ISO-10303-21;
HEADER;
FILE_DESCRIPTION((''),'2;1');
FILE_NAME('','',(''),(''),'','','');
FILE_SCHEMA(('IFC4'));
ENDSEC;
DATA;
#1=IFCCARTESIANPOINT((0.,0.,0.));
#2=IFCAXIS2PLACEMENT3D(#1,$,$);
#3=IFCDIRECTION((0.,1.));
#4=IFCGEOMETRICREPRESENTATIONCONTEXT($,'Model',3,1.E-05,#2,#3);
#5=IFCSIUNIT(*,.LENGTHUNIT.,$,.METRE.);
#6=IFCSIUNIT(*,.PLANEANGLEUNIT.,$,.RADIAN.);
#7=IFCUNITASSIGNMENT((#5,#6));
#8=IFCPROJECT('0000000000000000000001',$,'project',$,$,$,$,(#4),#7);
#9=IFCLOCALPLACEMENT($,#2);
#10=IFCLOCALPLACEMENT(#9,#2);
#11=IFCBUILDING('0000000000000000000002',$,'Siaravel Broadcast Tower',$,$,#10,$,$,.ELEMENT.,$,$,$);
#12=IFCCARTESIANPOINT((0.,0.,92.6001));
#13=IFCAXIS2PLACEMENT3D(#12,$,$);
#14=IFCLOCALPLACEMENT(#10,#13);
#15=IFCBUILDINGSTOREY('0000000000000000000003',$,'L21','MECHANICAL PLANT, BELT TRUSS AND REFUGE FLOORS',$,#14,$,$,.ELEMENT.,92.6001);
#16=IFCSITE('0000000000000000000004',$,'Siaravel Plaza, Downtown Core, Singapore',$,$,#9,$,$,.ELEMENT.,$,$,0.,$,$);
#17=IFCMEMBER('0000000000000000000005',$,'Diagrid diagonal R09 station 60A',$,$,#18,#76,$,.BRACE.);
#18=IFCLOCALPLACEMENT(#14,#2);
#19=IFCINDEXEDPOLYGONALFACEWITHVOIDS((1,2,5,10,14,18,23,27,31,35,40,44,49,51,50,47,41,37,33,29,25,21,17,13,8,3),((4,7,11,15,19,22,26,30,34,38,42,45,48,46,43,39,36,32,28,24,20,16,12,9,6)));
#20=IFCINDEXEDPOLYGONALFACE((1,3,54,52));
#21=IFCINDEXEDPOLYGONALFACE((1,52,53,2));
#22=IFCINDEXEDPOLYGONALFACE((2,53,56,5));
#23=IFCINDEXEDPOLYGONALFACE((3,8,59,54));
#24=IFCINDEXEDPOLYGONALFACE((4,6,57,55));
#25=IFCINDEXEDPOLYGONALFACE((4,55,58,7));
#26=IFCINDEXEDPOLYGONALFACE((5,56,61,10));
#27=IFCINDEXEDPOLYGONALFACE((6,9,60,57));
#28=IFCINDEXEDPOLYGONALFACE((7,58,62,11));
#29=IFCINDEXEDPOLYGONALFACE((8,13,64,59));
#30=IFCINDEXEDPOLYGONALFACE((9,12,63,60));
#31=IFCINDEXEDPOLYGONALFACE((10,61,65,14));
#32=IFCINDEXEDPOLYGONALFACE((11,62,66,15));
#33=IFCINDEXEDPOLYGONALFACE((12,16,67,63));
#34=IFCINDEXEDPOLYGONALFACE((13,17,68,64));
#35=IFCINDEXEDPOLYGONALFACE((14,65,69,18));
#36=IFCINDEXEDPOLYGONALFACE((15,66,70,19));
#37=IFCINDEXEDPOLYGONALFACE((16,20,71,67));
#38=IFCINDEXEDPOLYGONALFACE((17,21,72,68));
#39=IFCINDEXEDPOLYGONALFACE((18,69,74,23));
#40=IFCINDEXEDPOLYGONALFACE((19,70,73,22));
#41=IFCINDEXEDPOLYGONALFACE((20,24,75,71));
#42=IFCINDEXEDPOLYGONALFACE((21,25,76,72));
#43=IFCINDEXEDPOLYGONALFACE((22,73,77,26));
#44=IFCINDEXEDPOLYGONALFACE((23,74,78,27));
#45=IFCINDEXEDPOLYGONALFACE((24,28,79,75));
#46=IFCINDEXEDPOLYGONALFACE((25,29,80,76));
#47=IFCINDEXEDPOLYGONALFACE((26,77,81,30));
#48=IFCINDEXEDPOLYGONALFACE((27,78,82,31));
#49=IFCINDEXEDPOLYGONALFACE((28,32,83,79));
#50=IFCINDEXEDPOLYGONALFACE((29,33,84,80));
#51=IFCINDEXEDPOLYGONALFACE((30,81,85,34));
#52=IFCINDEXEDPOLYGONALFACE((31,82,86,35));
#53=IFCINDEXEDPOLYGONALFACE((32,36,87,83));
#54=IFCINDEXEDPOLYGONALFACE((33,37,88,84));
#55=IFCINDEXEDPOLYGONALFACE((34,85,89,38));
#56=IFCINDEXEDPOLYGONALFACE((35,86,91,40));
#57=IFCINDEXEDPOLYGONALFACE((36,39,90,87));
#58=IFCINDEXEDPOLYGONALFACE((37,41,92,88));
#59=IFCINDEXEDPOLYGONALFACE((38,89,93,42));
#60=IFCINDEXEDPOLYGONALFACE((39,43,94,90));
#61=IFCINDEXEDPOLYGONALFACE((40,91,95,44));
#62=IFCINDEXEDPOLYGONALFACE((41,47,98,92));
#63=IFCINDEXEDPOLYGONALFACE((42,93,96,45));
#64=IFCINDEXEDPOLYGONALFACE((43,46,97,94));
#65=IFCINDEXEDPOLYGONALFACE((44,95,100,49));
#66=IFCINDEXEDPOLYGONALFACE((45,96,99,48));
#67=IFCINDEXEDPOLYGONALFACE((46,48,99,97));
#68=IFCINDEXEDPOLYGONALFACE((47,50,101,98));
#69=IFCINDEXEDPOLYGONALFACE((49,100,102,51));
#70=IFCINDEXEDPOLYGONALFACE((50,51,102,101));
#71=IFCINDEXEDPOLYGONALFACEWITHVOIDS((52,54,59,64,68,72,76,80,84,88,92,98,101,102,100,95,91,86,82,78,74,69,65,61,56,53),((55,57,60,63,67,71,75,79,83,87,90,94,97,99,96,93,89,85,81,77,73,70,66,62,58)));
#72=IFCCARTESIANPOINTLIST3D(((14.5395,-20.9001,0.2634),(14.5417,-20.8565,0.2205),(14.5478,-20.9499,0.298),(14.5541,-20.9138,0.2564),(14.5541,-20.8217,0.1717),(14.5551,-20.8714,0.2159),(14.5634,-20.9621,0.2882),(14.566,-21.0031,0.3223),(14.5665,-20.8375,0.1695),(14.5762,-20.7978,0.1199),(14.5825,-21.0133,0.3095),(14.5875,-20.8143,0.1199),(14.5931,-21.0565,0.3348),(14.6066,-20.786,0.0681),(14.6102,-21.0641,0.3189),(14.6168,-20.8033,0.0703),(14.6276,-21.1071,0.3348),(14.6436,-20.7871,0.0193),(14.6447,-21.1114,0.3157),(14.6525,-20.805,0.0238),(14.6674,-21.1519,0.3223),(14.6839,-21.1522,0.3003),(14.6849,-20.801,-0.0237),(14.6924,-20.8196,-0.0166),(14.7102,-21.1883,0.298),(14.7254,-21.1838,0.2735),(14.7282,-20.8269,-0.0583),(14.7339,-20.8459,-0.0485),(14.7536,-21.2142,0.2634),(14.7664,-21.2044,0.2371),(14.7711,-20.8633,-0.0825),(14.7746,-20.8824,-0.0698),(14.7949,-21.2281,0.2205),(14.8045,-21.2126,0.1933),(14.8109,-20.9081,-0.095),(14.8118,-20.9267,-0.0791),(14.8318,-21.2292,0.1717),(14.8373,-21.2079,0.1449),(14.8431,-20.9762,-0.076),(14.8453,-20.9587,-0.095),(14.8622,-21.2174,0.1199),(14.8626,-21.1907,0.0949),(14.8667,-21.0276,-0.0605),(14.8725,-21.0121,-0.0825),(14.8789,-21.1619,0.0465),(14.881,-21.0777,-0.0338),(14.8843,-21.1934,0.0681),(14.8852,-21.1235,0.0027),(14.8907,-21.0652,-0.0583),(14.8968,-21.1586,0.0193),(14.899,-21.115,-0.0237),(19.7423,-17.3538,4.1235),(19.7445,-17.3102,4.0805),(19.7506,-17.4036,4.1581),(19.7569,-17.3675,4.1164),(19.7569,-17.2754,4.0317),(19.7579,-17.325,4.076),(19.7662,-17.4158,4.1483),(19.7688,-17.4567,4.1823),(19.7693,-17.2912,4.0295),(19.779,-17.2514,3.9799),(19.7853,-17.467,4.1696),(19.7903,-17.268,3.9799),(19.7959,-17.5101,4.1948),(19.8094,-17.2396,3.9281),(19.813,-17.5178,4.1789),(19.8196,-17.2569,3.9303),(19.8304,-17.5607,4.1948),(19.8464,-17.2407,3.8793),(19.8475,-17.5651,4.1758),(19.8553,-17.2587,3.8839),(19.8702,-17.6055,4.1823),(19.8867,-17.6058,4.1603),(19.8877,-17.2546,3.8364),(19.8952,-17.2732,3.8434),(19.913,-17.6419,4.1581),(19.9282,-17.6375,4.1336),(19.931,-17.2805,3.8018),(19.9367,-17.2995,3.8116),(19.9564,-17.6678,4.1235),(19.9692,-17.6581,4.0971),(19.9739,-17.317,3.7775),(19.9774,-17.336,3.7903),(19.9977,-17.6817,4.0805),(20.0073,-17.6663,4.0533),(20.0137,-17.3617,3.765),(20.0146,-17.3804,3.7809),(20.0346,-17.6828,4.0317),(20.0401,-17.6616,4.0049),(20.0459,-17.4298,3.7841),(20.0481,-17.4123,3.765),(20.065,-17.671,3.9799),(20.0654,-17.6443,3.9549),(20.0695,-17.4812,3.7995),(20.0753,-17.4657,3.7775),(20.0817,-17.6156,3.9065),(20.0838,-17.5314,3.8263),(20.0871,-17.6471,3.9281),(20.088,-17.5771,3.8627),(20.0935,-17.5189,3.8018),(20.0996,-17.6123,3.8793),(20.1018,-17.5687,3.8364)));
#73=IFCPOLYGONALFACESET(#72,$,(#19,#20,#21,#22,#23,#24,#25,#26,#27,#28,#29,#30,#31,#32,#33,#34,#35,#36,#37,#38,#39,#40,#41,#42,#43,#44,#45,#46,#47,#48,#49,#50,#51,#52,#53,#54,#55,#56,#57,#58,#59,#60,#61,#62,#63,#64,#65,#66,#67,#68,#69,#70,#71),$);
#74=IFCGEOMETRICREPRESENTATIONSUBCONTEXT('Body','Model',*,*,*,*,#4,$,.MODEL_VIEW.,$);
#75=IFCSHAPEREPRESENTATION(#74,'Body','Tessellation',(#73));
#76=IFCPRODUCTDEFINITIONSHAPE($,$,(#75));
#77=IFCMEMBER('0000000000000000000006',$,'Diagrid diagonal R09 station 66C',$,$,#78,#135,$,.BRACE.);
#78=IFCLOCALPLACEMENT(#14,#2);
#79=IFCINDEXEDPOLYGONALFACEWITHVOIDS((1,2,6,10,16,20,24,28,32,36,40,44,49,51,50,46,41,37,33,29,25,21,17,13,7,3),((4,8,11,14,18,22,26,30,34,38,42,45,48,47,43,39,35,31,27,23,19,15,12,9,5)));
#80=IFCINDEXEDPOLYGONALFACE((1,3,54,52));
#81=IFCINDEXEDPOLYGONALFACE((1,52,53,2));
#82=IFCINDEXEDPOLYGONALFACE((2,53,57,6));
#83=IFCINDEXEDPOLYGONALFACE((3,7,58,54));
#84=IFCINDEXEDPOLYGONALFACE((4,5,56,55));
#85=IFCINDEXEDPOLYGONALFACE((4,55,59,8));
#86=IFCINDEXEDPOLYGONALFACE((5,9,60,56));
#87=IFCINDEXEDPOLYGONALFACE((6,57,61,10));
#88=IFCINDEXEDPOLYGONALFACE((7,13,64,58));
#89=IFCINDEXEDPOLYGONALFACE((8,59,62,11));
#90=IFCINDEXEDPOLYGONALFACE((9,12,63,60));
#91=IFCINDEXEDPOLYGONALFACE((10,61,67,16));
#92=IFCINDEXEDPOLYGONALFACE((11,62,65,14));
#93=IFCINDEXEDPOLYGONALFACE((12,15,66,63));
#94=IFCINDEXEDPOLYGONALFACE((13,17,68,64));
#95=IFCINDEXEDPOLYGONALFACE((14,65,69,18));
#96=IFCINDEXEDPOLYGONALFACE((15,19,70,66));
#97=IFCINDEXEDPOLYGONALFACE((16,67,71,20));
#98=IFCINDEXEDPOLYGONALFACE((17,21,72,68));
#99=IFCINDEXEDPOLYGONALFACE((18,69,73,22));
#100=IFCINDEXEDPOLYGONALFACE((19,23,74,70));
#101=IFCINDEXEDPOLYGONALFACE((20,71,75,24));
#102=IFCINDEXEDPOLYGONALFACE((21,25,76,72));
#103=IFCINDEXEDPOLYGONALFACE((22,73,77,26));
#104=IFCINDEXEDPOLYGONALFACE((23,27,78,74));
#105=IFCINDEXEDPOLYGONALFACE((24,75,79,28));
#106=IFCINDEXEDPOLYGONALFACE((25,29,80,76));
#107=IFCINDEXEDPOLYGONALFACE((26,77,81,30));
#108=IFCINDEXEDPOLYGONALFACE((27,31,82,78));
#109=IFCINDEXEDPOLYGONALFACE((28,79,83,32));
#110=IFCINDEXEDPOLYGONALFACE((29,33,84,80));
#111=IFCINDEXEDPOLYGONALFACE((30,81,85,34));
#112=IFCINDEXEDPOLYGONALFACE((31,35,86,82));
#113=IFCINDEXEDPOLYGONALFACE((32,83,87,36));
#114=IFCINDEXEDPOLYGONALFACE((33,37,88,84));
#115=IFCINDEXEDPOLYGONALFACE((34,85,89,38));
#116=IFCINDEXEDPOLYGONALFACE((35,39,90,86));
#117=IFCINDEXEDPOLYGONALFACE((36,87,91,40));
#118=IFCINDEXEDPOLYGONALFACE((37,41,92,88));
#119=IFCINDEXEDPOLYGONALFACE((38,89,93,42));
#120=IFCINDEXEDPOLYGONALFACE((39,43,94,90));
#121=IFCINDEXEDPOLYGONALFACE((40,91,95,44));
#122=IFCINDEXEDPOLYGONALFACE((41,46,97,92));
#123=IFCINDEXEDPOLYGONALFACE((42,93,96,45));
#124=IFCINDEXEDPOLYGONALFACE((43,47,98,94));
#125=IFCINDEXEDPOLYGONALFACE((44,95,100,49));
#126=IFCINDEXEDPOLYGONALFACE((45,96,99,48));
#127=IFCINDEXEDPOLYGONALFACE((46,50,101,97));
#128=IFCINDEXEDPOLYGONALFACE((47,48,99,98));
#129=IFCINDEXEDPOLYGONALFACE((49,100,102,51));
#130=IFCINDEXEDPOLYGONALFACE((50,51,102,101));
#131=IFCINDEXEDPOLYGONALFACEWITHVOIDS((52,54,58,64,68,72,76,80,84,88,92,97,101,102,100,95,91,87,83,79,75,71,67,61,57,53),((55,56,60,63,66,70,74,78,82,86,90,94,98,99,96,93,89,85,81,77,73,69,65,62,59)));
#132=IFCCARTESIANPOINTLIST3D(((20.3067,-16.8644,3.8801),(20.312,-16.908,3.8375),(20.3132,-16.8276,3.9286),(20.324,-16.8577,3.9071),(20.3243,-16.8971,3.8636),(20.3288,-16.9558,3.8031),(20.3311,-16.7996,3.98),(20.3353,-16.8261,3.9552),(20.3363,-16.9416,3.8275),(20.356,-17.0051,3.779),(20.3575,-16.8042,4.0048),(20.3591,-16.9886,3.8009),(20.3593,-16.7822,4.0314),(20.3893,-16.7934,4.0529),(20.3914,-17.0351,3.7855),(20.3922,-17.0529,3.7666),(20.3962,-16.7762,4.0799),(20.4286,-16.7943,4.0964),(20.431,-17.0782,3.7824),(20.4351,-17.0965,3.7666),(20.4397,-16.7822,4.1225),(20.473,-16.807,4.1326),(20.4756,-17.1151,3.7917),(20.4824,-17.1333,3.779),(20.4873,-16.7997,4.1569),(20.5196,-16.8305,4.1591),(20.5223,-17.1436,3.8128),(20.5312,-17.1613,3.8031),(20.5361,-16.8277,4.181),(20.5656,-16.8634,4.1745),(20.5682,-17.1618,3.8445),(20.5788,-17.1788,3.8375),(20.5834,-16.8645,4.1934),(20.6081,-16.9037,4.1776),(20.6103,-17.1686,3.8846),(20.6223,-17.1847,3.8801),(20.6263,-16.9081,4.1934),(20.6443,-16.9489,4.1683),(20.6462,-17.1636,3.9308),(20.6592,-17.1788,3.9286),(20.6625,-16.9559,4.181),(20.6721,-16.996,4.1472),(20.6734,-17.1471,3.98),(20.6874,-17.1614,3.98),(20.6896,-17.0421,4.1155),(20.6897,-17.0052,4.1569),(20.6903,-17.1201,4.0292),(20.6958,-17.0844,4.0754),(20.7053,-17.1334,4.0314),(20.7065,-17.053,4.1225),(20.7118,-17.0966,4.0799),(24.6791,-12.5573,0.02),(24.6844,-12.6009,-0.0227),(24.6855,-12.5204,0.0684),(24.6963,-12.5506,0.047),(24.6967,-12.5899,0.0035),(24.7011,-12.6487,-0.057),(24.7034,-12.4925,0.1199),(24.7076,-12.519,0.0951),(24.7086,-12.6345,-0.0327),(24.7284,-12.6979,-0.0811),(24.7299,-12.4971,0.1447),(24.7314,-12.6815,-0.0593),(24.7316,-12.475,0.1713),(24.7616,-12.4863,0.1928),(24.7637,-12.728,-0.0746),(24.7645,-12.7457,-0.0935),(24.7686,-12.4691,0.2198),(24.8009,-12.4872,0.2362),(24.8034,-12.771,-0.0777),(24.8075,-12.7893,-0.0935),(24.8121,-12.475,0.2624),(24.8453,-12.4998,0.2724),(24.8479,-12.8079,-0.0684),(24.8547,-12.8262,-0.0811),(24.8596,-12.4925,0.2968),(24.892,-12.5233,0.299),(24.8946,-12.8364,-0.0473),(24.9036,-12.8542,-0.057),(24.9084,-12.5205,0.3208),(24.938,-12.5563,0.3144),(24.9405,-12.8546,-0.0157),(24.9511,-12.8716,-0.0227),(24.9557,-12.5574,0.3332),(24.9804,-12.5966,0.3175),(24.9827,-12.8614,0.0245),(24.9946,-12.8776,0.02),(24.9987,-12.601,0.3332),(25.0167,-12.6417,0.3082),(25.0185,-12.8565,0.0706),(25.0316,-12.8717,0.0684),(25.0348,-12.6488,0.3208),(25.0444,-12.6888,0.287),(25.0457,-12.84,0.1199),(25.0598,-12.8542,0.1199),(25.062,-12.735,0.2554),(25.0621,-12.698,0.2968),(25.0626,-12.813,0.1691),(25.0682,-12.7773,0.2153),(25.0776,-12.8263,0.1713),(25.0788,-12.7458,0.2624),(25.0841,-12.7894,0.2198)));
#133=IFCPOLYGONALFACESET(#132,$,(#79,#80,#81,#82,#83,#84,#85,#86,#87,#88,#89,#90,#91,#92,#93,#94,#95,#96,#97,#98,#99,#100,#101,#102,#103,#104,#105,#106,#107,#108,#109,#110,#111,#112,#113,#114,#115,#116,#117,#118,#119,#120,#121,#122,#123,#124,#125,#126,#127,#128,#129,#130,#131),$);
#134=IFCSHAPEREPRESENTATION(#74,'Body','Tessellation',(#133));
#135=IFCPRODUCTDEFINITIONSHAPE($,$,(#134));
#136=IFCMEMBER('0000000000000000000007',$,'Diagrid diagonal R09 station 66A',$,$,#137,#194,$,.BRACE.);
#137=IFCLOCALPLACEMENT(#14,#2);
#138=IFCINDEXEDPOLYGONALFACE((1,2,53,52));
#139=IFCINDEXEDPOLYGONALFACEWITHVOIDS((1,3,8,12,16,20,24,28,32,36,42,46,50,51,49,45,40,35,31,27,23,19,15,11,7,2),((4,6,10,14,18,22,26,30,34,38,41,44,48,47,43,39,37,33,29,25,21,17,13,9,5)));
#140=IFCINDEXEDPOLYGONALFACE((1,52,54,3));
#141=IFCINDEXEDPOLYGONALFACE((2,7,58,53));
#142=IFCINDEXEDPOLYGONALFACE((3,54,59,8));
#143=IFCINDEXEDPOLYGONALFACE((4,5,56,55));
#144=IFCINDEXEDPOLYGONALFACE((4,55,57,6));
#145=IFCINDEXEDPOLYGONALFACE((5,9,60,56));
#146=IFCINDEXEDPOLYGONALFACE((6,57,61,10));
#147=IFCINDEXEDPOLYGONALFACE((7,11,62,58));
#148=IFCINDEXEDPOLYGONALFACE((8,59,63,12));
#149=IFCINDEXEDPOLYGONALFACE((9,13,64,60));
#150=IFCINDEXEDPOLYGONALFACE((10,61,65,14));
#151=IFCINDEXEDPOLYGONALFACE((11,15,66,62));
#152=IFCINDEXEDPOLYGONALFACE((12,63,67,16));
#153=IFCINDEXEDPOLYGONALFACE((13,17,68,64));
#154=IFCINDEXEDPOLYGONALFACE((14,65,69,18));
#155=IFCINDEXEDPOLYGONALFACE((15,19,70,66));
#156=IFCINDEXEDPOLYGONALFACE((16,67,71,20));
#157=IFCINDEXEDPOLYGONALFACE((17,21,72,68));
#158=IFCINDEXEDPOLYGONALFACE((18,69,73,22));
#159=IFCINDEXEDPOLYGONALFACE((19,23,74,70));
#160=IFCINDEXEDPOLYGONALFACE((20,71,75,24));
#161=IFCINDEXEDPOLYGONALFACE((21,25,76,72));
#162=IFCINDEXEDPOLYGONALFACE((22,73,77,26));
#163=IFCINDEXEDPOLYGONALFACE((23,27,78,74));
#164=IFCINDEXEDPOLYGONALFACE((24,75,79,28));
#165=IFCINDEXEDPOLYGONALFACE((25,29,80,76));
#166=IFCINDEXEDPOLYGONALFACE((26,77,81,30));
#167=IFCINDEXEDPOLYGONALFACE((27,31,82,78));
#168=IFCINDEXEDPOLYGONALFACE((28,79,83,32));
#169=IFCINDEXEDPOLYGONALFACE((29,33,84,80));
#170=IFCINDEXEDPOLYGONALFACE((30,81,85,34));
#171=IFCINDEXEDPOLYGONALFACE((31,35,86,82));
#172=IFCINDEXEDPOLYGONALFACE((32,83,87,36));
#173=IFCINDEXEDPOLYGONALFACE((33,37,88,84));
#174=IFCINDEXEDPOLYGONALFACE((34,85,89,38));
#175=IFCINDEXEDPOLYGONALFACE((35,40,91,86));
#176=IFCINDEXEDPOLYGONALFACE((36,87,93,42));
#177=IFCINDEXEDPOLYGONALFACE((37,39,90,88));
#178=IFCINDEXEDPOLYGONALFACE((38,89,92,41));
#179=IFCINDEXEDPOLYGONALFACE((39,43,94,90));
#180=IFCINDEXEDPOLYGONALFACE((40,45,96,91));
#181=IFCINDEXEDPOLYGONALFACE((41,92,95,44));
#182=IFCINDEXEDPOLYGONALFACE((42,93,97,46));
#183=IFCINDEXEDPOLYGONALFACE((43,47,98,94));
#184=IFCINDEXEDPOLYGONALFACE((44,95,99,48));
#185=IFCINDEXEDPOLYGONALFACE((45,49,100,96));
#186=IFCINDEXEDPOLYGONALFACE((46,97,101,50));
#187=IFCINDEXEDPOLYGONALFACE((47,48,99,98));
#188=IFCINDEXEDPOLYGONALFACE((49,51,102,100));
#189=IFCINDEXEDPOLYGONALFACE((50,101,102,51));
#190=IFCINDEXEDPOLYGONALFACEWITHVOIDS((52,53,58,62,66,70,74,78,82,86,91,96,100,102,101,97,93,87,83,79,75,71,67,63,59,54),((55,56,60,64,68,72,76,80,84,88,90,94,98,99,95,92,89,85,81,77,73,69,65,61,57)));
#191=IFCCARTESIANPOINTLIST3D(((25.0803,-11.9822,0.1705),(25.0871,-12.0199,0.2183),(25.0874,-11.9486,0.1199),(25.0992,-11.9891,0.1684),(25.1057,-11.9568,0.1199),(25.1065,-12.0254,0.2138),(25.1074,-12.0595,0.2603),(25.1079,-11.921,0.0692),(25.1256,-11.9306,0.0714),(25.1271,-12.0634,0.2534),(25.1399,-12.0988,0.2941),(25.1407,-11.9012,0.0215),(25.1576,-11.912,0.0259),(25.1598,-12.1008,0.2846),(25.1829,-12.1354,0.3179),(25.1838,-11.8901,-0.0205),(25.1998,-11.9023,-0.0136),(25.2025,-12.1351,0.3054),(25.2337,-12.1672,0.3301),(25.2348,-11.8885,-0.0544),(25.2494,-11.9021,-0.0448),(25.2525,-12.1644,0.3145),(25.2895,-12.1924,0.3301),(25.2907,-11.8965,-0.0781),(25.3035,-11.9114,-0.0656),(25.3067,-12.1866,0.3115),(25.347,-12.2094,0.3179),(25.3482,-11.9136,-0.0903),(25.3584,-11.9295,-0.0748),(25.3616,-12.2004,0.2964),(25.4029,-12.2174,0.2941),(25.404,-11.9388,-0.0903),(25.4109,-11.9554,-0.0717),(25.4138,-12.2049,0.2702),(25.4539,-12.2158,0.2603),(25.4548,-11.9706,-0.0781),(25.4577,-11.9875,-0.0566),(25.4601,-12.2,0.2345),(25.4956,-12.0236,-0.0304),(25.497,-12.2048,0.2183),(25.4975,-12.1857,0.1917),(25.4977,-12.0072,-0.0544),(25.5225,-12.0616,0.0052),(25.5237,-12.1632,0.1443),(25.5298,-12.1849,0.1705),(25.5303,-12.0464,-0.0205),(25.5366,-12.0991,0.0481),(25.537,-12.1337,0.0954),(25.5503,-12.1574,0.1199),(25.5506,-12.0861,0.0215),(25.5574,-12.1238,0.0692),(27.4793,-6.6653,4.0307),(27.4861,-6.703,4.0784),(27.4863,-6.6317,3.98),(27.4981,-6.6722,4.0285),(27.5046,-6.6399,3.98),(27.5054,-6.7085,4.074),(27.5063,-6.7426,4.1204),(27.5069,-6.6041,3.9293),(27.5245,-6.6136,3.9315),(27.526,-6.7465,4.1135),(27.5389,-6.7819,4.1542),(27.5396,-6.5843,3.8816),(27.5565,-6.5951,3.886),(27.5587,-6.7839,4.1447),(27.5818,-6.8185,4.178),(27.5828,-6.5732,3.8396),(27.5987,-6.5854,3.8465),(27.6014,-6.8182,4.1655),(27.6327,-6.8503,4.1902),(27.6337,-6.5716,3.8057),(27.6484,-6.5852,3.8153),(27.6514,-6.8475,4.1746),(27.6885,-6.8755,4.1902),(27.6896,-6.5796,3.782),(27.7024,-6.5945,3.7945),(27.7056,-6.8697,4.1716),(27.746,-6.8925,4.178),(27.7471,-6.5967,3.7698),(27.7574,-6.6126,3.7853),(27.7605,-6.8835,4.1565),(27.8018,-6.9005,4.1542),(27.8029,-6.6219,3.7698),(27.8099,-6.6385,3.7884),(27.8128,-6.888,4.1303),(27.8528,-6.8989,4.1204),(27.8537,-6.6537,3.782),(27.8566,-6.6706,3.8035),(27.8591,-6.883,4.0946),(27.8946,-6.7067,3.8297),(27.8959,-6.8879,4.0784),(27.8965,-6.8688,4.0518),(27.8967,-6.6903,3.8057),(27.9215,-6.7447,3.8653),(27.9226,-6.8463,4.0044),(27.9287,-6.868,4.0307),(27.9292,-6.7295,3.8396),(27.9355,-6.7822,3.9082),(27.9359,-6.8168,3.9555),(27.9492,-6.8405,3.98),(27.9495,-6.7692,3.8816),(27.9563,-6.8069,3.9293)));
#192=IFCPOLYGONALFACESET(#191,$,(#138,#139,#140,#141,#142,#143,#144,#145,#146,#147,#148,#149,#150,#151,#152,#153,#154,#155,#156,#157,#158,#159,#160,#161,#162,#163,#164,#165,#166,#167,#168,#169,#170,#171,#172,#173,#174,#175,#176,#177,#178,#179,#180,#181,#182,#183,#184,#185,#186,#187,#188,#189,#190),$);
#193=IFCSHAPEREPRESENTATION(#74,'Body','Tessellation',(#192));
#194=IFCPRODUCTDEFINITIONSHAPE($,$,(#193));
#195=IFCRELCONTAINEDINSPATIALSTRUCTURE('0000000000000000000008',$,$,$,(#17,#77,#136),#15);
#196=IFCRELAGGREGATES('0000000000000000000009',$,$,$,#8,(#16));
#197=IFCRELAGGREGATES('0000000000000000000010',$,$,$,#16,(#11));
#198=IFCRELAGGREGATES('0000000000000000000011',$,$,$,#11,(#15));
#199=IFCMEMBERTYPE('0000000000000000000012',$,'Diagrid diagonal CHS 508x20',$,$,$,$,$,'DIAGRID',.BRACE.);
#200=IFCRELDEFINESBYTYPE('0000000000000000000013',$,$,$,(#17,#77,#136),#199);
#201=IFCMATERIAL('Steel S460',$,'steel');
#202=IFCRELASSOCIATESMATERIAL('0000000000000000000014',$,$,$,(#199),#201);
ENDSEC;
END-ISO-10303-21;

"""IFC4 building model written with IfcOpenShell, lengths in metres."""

from ifc_helpers import new_model, si_unit, direction, frame, origin, origin_2d, place, context, subcontext, project, spatial, hollow_circle, extrude, material, material_profile, profile_set, type_object, element, save


model = new_model("IFC4")

# Units and contexts
model_context = context("Model", 3, precision=1e-05, world=origin(), true_north=direction((0.0, 1.0)))
body_context = subcontext(model_context, "Body", "Model", "MODEL_VIEW")
ifc_project = project(units=[si_unit("LENGTHUNIT", "METRE"), si_unit("PLANEANGLEUNIT", "RADIAN")], contexts=[model_context])

# Site, building, storey
site_placement = place(None, origin())
site = spatial("IfcSite", under=ifc_project, at=site_placement, Name="Siaravel Plaza, Downtown Core, Singapore", CompositionType="ELEMENT", RefElevation=0.0)
building_placement = place(site_placement, origin())
building = spatial("IfcBuilding", under=site, at=building_placement, Name="Siaravel Broadcast Tower", CompositionType="ELEMENT")
storey_placement = place(building_placement, frame((0.0, 0.0, 92.6001)))
storey = spatial("IfcBuildingStorey", under=building, at=storey_placement, Name="L21", Description="MECHANICAL PLANT, BELT TRUSS AND REFUGE FLOORS", CompositionType="ELEMENT", Elevation=92.6001)

# Shared definitions
ifc_material_1 = material(Name="Steel S460", Category="steel")

# Members
ifc_material_profile_1 = material_profile(ifc_material_1, hollow_circle(Radius=0.2539, WallThickness=0.02, at=origin_2d()))
ifc_profile_set_1 = profile_set([ifc_material_profile_1], Name="Steel S460")
member_type_1 = type_object("IfcMemberType", Name="Diagrid diagonal CHS 508x20", ElementType="DIAGRID", PredefinedType="BRACE", material=ifc_profile_set_1)
member_1_placement = place(storey_placement, frame((14.7192, -21.0076, 0.1199), z_axis=(0.704462, 0.480175, 0.522652), x_axis=(-0.563225, 0.826304, 0.0)))
element("IfcMember", 1, at=member_1_placement, inside=storey, type_object=member_type_1, Name="Diagrid diagonal R09 station 60A", PredefinedType="BRACE", context=body_context, shape_type="SweptSolid", body=[
    extrude(hollow_circle(Radius=0.2539, WallThickness=0.02, at=origin_2d()), origin(), (0.0, 0.0, 1.0), 7.3855),
])
member_2_placement = place(storey_placement, frame((24.8816, -12.6733, 0.1199), z_axis=(-0.603041, -0.59405, 0.532396), x_axis=(0.701776, -0.712397, 0.0)))
element("IfcMember", 2, at=member_2_placement, inside=storey, type_object=member_type_1, Name="Diagrid diagonal R09 station 66C", PredefinedType="BRACE", context=body_context, shape_type="SweptSolid", body=[
    extrude(hollow_circle(Radius=0.2539, WallThickness=0.02, at=origin_2d()), origin(), (0.0, 0.0, 1.0), 7.2505),
])
member_3_placement = place(storey_placement, frame((25.3188, -12.053, 0.1199), z_axis=(0.342968, 0.760141, 0.551868), x_axis=(-0.911515, 0.411266, 0.0)))
element("IfcMember", 3, at=member_3_placement, inside=storey, type_object=member_type_1, Name="Diagrid diagonal R09 station 66A", PredefinedType="BRACE", context=body_context, shape_type="SweptSolid", body=[
    extrude(hollow_circle(Radius=0.2539, WallThickness=0.02, at=origin_2d()), origin(), (0.0, 0.0, 1.0), 6.9946),
])

save(model, "model.ifc")
